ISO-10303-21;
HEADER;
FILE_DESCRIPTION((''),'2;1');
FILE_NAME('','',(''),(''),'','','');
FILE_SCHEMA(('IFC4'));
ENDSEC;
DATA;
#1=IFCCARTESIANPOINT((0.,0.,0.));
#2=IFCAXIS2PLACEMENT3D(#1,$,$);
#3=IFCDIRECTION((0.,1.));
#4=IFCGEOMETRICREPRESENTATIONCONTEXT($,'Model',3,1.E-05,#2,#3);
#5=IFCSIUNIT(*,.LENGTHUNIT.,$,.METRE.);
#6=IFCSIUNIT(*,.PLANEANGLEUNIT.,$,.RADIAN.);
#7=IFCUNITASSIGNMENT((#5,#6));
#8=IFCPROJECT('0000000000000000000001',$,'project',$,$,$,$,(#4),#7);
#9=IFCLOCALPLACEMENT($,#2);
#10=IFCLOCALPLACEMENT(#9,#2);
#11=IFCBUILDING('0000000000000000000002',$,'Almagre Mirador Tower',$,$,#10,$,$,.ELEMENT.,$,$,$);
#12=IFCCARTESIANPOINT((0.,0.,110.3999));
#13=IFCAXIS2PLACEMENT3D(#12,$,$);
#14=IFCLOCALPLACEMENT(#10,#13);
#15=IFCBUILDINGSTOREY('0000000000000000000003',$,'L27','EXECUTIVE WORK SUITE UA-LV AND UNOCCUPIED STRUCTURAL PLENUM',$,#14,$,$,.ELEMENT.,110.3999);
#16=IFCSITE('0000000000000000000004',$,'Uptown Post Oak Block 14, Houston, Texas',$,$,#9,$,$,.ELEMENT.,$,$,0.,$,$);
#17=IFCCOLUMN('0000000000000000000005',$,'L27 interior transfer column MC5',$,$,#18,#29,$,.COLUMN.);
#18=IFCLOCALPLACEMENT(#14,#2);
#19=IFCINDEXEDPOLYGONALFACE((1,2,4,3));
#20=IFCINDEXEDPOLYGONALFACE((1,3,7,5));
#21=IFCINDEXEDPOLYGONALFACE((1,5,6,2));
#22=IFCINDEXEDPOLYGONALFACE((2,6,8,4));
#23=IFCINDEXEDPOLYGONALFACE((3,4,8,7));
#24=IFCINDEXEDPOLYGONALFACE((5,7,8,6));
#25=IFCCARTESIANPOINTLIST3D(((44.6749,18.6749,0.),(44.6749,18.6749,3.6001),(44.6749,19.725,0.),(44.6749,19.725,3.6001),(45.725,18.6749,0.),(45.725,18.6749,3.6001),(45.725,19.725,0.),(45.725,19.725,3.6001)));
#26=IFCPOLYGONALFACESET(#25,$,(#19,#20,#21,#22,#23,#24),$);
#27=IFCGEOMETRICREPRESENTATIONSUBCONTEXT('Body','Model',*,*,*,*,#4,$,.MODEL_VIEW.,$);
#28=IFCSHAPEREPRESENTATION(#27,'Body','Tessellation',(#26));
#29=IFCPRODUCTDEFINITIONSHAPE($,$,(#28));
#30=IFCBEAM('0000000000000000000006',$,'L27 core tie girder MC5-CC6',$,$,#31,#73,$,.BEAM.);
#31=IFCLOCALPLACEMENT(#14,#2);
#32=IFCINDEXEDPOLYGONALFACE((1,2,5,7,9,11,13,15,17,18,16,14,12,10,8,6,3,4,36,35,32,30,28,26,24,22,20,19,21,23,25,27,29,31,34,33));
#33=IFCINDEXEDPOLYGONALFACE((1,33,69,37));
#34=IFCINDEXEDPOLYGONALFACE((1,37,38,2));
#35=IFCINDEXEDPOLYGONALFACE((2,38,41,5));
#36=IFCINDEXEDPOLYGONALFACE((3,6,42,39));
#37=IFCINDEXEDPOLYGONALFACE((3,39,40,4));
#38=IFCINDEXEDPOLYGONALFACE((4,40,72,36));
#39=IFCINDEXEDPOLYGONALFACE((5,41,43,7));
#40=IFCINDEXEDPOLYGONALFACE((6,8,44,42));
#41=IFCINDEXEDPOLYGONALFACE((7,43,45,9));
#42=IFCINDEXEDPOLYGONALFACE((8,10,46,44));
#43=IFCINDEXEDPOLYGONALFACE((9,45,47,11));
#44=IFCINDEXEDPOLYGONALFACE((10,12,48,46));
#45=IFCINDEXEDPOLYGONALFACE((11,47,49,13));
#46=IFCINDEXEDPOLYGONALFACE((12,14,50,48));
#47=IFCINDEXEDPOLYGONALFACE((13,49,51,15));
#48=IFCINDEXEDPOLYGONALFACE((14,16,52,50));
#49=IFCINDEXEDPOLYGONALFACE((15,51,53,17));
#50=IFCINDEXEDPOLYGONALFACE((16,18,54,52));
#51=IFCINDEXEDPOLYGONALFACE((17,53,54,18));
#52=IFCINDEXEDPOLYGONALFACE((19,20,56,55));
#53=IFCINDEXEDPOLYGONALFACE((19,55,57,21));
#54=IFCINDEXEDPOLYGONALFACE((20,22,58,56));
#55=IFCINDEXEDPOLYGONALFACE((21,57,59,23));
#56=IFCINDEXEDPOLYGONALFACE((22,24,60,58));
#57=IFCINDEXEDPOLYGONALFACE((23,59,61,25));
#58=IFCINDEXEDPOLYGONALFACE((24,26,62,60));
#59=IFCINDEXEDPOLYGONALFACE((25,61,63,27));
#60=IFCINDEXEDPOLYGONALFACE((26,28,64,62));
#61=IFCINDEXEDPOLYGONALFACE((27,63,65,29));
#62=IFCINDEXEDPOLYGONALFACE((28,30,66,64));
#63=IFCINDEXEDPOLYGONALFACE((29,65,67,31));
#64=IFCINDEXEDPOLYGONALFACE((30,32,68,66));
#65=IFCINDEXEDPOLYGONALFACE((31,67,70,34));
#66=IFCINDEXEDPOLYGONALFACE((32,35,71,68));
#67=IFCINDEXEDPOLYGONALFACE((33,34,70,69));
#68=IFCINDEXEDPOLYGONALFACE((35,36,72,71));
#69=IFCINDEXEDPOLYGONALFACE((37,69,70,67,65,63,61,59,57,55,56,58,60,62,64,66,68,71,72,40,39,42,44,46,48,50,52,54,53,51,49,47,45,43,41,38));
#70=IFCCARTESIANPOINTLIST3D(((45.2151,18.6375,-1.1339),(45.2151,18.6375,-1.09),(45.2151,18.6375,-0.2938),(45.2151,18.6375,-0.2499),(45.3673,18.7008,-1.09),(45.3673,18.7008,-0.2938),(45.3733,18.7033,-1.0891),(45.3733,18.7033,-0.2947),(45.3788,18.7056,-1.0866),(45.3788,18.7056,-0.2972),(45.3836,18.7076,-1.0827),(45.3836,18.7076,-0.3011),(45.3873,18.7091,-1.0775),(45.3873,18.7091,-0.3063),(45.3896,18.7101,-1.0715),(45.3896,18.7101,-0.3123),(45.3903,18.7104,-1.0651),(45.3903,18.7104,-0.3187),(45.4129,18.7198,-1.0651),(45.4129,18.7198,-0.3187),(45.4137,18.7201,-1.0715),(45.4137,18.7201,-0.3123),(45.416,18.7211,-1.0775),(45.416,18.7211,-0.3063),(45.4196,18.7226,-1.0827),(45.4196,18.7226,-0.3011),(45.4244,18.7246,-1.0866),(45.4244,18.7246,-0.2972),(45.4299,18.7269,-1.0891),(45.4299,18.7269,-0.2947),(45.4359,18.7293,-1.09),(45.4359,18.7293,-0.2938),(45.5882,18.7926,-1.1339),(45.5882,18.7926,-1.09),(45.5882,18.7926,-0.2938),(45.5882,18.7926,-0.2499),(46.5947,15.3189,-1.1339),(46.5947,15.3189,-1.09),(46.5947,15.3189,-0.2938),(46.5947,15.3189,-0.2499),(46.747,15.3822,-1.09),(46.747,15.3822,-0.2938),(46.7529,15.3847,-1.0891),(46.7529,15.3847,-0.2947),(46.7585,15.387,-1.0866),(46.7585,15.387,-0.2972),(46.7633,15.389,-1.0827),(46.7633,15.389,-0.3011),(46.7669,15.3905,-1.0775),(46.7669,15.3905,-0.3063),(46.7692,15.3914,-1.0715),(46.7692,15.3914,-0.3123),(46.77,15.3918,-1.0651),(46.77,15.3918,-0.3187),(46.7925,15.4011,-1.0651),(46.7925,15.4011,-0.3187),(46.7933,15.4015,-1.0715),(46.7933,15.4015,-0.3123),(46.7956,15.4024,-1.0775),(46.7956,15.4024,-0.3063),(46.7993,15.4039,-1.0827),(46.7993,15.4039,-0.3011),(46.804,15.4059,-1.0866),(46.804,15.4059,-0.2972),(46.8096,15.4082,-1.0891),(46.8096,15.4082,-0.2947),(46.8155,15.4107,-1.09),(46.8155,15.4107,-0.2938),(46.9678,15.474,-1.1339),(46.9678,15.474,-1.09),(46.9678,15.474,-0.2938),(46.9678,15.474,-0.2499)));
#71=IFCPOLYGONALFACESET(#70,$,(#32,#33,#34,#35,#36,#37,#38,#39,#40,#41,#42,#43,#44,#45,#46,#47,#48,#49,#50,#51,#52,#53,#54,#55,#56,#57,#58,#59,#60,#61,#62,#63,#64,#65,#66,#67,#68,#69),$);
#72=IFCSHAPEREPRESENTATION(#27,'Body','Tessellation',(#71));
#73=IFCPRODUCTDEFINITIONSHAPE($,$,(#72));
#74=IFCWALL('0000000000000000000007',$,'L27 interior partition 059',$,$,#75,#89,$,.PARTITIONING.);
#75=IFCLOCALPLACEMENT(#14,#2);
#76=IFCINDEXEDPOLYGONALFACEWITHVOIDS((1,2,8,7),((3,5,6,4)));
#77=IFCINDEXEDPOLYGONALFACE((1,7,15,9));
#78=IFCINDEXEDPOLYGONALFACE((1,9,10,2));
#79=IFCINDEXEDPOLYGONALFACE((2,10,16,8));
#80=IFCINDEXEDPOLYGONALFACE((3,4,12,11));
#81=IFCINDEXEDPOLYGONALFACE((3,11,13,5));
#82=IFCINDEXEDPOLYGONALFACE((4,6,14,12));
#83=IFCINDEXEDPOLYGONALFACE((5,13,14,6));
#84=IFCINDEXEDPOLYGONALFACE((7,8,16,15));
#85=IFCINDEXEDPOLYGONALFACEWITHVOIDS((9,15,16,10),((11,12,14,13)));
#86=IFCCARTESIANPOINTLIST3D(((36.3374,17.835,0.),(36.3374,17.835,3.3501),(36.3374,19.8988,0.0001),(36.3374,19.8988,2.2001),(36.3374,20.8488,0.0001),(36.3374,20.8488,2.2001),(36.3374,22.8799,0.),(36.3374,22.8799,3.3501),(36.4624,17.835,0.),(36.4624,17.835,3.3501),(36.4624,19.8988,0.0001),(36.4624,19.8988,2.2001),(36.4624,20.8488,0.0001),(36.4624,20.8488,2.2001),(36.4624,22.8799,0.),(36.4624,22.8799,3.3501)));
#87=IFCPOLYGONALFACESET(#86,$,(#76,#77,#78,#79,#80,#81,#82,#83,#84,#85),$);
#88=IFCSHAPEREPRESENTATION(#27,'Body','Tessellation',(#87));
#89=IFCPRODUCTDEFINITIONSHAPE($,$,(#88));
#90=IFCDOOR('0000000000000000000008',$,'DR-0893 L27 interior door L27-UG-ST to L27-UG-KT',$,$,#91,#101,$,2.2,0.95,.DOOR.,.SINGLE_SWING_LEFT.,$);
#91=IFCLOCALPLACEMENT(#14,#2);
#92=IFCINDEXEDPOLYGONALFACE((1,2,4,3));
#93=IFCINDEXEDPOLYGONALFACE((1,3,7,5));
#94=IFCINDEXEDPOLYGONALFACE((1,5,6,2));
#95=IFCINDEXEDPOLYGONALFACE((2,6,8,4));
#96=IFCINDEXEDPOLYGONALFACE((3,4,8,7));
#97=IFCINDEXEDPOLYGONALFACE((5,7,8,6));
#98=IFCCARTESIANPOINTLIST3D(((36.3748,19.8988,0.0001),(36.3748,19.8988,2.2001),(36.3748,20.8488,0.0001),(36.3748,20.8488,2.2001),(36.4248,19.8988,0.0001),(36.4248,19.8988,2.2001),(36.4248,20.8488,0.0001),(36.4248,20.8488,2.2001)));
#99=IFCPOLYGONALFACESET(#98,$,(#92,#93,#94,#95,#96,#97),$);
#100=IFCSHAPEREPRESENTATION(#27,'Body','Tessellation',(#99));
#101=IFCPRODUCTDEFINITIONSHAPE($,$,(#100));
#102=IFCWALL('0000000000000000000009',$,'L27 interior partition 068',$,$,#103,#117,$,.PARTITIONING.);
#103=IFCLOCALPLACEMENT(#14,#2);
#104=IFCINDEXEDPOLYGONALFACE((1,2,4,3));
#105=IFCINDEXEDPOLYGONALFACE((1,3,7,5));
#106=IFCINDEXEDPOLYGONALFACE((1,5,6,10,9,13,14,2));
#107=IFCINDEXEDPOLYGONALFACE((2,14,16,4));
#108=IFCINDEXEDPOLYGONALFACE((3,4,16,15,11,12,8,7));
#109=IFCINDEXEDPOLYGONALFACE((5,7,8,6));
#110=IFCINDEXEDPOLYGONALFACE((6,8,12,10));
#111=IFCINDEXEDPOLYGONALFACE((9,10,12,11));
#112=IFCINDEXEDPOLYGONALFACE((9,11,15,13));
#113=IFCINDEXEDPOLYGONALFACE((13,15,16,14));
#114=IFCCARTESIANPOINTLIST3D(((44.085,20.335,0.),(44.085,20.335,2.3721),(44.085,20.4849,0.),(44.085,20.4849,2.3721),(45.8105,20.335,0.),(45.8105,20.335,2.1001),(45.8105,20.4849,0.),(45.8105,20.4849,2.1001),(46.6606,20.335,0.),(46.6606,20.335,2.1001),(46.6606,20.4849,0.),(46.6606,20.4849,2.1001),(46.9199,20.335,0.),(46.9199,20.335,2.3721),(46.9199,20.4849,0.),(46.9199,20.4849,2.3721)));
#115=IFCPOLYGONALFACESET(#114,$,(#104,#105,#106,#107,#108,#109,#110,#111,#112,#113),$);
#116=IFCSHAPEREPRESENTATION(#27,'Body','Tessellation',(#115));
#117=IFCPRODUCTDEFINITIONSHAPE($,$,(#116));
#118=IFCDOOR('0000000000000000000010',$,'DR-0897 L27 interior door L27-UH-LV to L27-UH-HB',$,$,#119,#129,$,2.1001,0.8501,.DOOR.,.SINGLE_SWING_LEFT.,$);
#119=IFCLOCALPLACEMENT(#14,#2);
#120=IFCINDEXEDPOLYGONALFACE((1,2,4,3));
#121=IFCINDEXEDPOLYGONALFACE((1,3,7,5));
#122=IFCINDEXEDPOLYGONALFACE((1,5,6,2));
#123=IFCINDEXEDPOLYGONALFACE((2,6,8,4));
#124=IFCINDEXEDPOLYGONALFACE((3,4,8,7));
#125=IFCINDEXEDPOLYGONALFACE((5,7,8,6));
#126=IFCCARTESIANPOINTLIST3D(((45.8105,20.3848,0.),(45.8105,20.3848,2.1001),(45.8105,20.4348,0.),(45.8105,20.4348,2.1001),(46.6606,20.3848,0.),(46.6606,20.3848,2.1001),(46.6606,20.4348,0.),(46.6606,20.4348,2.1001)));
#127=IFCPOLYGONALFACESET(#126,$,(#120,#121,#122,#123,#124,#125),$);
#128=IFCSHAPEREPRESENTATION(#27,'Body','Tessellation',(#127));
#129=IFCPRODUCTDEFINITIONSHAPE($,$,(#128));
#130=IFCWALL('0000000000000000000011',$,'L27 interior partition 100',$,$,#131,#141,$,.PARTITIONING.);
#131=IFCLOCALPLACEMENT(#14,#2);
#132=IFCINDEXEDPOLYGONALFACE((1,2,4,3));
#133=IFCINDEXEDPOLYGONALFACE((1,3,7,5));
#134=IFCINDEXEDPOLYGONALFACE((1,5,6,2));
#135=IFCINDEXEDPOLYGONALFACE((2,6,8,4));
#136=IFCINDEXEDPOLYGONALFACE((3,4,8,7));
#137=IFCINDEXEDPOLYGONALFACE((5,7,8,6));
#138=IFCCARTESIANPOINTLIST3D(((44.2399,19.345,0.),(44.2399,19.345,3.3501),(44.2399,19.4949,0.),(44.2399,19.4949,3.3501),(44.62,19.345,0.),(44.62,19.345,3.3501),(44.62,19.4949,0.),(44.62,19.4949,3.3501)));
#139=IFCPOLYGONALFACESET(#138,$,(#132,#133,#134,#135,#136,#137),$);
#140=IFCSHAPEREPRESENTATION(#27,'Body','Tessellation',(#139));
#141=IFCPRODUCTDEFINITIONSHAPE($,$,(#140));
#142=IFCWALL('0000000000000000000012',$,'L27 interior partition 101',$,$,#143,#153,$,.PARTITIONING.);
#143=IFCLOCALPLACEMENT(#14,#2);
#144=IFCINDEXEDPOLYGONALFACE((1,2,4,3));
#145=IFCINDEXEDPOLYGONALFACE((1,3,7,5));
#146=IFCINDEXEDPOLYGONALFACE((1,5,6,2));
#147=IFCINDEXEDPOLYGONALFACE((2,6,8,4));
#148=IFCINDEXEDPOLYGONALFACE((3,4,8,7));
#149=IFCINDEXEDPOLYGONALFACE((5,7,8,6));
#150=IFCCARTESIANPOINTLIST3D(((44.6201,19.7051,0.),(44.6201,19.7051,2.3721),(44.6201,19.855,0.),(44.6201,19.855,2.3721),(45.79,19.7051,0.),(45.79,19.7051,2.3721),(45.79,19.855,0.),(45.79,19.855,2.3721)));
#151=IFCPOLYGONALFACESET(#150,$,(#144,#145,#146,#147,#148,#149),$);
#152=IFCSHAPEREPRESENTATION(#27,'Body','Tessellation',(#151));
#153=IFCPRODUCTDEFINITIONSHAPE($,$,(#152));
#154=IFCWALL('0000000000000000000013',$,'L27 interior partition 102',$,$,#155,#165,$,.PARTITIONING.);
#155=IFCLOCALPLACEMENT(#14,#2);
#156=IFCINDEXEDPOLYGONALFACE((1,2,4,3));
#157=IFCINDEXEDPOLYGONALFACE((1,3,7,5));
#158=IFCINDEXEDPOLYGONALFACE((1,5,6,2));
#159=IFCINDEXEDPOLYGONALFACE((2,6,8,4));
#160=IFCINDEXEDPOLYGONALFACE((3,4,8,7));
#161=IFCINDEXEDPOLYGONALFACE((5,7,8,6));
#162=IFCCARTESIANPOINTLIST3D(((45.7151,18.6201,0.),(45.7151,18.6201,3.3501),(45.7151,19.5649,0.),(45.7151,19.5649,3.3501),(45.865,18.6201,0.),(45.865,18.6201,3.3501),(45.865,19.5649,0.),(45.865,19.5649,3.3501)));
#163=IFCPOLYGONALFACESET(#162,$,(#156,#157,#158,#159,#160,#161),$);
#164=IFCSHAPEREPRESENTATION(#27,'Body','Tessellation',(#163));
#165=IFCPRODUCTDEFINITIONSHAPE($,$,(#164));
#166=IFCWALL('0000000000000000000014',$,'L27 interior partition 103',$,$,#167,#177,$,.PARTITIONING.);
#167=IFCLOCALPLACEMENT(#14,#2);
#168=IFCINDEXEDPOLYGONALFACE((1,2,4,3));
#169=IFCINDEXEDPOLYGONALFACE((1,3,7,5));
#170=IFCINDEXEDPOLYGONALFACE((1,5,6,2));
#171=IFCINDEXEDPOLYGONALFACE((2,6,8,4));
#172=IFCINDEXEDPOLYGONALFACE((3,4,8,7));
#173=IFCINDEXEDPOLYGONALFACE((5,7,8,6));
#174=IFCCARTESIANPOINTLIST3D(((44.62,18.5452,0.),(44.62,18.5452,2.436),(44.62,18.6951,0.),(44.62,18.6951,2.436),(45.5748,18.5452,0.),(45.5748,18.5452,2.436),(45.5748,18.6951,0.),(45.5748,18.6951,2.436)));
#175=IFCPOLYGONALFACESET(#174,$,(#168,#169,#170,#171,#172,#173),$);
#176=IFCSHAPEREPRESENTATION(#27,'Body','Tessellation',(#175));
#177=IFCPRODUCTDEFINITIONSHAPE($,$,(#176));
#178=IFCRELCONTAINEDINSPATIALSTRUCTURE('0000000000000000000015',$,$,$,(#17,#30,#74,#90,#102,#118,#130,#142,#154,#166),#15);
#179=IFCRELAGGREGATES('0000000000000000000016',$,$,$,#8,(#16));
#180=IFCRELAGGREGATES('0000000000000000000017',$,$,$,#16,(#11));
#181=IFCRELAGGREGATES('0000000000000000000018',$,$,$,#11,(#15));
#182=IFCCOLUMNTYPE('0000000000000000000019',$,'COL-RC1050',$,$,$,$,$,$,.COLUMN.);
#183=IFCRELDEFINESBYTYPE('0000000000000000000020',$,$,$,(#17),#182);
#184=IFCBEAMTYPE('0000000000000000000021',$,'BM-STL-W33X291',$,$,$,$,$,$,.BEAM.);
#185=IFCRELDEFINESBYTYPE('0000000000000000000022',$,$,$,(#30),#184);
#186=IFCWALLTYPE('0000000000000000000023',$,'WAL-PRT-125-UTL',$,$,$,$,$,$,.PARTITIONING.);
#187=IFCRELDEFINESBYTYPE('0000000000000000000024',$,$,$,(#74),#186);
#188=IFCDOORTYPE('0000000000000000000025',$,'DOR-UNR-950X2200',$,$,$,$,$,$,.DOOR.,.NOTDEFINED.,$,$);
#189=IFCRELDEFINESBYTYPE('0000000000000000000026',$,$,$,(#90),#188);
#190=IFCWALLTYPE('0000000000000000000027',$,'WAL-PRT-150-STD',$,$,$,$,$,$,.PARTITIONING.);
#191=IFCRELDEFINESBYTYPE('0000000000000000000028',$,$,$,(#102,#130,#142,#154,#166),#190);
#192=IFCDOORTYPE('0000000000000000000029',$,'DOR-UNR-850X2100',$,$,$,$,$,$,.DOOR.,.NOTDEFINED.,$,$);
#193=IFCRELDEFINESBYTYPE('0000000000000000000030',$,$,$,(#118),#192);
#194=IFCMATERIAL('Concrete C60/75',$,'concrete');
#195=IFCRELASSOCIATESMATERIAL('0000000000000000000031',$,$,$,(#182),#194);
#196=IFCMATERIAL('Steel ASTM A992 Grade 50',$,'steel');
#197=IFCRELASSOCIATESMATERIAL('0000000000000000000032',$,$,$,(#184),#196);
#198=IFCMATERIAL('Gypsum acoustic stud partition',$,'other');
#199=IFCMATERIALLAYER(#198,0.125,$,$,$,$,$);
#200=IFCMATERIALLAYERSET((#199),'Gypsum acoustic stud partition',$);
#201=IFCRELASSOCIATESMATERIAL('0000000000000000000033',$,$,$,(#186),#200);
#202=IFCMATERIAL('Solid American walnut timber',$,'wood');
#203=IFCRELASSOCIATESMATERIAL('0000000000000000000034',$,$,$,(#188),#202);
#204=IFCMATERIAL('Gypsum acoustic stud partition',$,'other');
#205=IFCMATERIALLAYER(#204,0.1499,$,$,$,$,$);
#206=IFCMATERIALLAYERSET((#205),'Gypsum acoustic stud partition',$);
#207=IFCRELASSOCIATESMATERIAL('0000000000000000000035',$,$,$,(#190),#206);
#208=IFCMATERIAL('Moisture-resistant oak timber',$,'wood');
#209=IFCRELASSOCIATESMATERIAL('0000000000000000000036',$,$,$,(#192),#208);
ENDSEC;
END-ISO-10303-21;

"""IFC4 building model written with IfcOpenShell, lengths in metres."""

from ifc_helpers import new_model, si_unit, direction, frame, frame_2d, origin, origin_2d, place, context, subcontext, project, spatial, rectangle, i_section, extrude, material, layer, layer_set, material_profile, profile_set, type_object, element, fill, save


model = new_model("IFC4")

# Units and contexts
model_context = context("Model", 3, precision=1e-05, world=origin(), true_north=direction((0.0, 1.0)))
body_context = subcontext(model_context, "Body", "Model", "MODEL_VIEW")
ifc_project = project(units=[si_unit("LENGTHUNIT", "METRE"), si_unit("PLANEANGLEUNIT", "RADIAN")], contexts=[model_context])

# Site, building, storey
site_placement = place(None, origin())
site = spatial("IfcSite", under=ifc_project, at=site_placement, Name="Uptown Post Oak Block 14, Houston, Texas", CompositionType="ELEMENT", RefElevation=0.0)
building_placement = place(site_placement, origin())
building = spatial("IfcBuilding", under=site, at=building_placement, Name="Almagre Mirador Tower", CompositionType="ELEMENT")
storey_placement = place(building_placement, frame((0.0, 0.0, 110.3999)))
storey = spatial("IfcBuildingStorey", under=building, at=storey_placement, Name="L27", Description="EXECUTIVE WORK SUITE UA-LV AND UNOCCUPIED STRUCTURAL PLENUM", CompositionType="ELEMENT", Elevation=110.3999)

# Column
ifc_material_1 = material(Name="Concrete C60/75", Category="concrete")
ifc_material_profile_1 = material_profile(ifc_material_1, rectangle(XDim=1.05, YDim=1.05, at=origin_2d()), Name="RC1050X1050")
ifc_profile_set_1 = profile_set([ifc_material_profile_1], Name="Concrete C60/75")
column_type = type_object("IfcColumnType", Name="COL-RC1050", PredefinedType="COLUMN", material=ifc_profile_set_1)
column_placement = place(storey_placement, frame((45.2, 19.2, 0.0), z_axis=(0.0, 0.0, 1.0), x_axis=(1.0, 0.0, 0.0)))
element("IfcColumn", 1, at=column_placement, inside=storey, type_object=column_type, Name="L27 interior transfer column MC5", PredefinedType="COLUMN", context=body_context, shape_type="SweptSolid", body=[
    extrude(rectangle(XDim=1.05, YDim=1.05, at=origin_2d()), origin(), (0.0, 0.0, 1.0), 3.6001),
])

# Beam
ifc_material_2 = material(Name="Steel ASTM A992 Grade 50", Category="steel")
ifc_material_profile_2 = material_profile(ifc_material_2, i_section(OverallWidth=0.4041, OverallDepth=0.884, WebThickness=0.0244, FlangeThickness=0.0439, FilletRadius=0.0249, at=origin_2d()), Name="W33X291")
ifc_profile_set_2 = profile_set([ifc_material_profile_2], Name="Steel ASTM A992 Grade 50")
beam_type = type_object("IfcBeamType", Name="BM-STL-W33X291", PredefinedType="BEAM", material=ifc_profile_set_2)
beam_placement = place(storey_placement, frame((45.4016, 18.7151, -0.6919), z_axis=(0.383877, -0.923384, 0.0), x_axis=(0.923384, 0.383877, 0.0)))
element("IfcBeam", 2, at=beam_placement, inside=storey, type_object=beam_type, Name="L27 core tie girder MC5-CC6", PredefinedType="BEAM", context=body_context, shape_type="SweptSolid", body=[
    extrude(i_section(OverallWidth=0.4041, OverallDepth=0.884, WebThickness=0.0244, FlangeThickness=0.0439, FilletRadius=0.0249, at=origin_2d()), origin(), (0.0, 0.0, 1.0), 3.594),
])

# Walls, openings, doors
ifc_material_3 = material(Name="Gypsum acoustic stud partition", Category="other")
ifc_layer_1 = layer(ifc_material_3, 0.125)
ifc_layer_set_1 = layer_set([ifc_layer_1], Name="Gypsum acoustic stud partition")
wall_type_1 = type_object("IfcWallType", Name="WAL-PRT-125-UTL", PredefinedType="PARTITIONING", material=ifc_layer_set_1)
wall_1_placement = place(storey_placement, frame((36.3999, 22.8799, 0.0), z_axis=(0.0, 0.0, 1.0), x_axis=(0.0, -1.0, 0.0)))
wall_1 = element("IfcWall", 3, at=wall_1_placement, inside=storey, type_object=wall_type_1, Name="L27 interior partition 059", PredefinedType="PARTITIONING", context=body_context, shape_type="SweptSolid", body=[
    extrude(rectangle(XDim=5.0449, YDim=0.125, at=frame_2d((2.5225, 0.0))), origin(), (0.0, 0.0, 1.0), 3.3501),
])
opening_1_placement = place(wall_1_placement, frame((2.031, 0.0, 0.0)))
opening_1 = element("IfcOpeningElement", 4, at=opening_1_placement, cuts=wall_1, PredefinedType="OPENING", context=body_context, shape_type="SweptSolid", body=[
    extrude(rectangle(XDim=0.95, YDim=2.2, at=frame_2d((0.4751, 1.1001))), frame((0.0, 0.0725, 0.0), z_axis=(0.0, -1.0, 0.0), x_axis=(1.0, 0.0, 0.0)), (0.0, 0.0, 1.0), 0.145),
])
ifc_material_4 = material(Name="Solid American walnut timber", Category="wood")
door_type_1 = type_object("IfcDoorType", Name="DOR-UNR-950X2200", OperationType="NOTDEFINED", PredefinedType="DOOR", material=ifc_material_4)
door_1_placement = place(opening_1_placement, origin())
door_1 = element("IfcDoor", 5, at=door_1_placement, inside=storey, type_object=door_type_1, Name="DR-0893 L27 interior door L27-UG-ST to L27-UG-KT", OperationType="SINGLE_SWING_LEFT", OverallHeight=2.2, OverallWidth=0.95, PredefinedType="DOOR", context=body_context, shape_type="SweptSolid", body=[
    extrude(rectangle(XDim=0.95, YDim=2.2, at=frame_2d((0.4751, 1.1001))), frame((0.0, 0.0249, 0.0), z_axis=(0.0, -1.0, 0.0), x_axis=(1.0, 0.0, 0.0)), (0.0, 0.0, 1.0), 0.05),
])
fill(opening_1, door_1)
ifc_material_5 = material(Name="Gypsum acoustic stud partition", Category="other")
ifc_layer_2 = layer(ifc_material_5, 0.1499)
ifc_layer_set_2 = layer_set([ifc_layer_2], Name="Gypsum acoustic stud partition")
wall_type_2 = type_object("IfcWallType", Name="WAL-PRT-150-STD", PredefinedType="PARTITIONING", material=ifc_layer_set_2)
wall_2_placement = place(storey_placement, frame((44.085, 20.4099, 0.0), z_axis=(0.0, 0.0, 1.0), x_axis=(1.0, 0.0, 0.0)))
wall_2 = element("IfcWall", 6, at=wall_2_placement, inside=storey, type_object=wall_type_2, Name="L27 interior partition 068", PredefinedType="PARTITIONING", context=body_context, shape_type="SweptSolid", body=[
    extrude(rectangle(XDim=2.835, YDim=0.1499, at=frame_2d((1.4175, 0.0))), origin(), (0.0, 0.0, 1.0), 2.3721),
])
opening_2_placement = place(wall_2_placement, frame((1.7256, 0.0, 0.0)))
opening_2 = element("IfcOpeningElement", 7, at=opening_2_placement, cuts=wall_2, PredefinedType="OPENING", context=body_context, shape_type="SweptSolid", body=[
    extrude(rectangle(XDim=0.8501, YDim=2.1001, at=frame_2d((0.425, 1.05))), frame((0.0, 0.085, 0.0), z_axis=(0.0, -1.0, 0.0), x_axis=(1.0, 0.0, 0.0)), (0.0, 0.0, 1.0), 0.1699),
])
ifc_material_6 = material(Name="Moisture-resistant oak timber", Category="wood")
door_type_2 = type_object("IfcDoorType", Name="DOR-UNR-850X2100", OperationType="NOTDEFINED", PredefinedType="DOOR", material=ifc_material_6)
door_2_placement = place(opening_2_placement, origin())
door_2 = element("IfcDoor", 8, at=door_2_placement, inside=storey, type_object=door_type_2, Name="DR-0897 L27 interior door L27-UH-LV to L27-UH-HB", OperationType="SINGLE_SWING_LEFT", OverallHeight=2.1001, OverallWidth=0.8501, PredefinedType="DOOR", context=body_context, shape_type="SweptSolid", body=[
    extrude(rectangle(XDim=0.8501, YDim=2.1001, at=frame_2d((0.425, 1.05))), frame((0.0, 0.0249, 0.0), z_axis=(0.0, -1.0, 0.0), x_axis=(1.0, 0.0, 0.0)), (0.0, 0.0, 1.0), 0.05),
])
fill(opening_2, door_2)

# Walls
wall_3_placement = place(storey_placement, frame((44.24, 19.4199, 0.0), z_axis=(0.0, 0.0, 1.0), x_axis=(1.0, 0.0, 0.0)))
element("IfcWall", 9, at=wall_3_placement, inside=storey, type_object=wall_type_2, Name="L27 interior partition 100", PredefinedType="PARTITIONING", context=body_context, shape_type="SweptSolid", body=[
    extrude(rectangle(XDim=0.3801, YDim=0.1499, at=frame_2d((0.1899, 0.0))), origin(), (0.0, 0.0, 1.0), 3.3501),
])
wall_4_placement = place(storey_placement, frame((44.6201, 19.78, 0.0), z_axis=(0.0, 0.0, 1.0), x_axis=(1.0, 0.0, 0.0)))
element("IfcWall", 10, at=wall_4_placement, inside=storey, type_object=wall_type_2, Name="L27 interior partition 101", PredefinedType="PARTITIONING", context=body_context, shape_type="SweptSolid", body=[
    extrude(rectangle(XDim=1.1699, YDim=0.1499, at=frame_2d((0.585, 0.0))), origin(), (0.0, 0.0, 1.0), 2.3721),
])
wall_5_placement = place(storey_placement, frame((45.79, 19.5649, 0.0), z_axis=(0.0, 0.0, 1.0), x_axis=(0.0, -1.0, 0.0)))
element("IfcWall", 11, at=wall_5_placement, inside=storey, type_object=wall_type_2, Name="L27 interior partition 102", PredefinedType="PARTITIONING", context=body_context, shape_type="SweptSolid", body=[
    extrude(rectangle(XDim=0.9448, YDim=0.1499, at=frame_2d((0.4724, 0.0))), origin(), (0.0, 0.0, 1.0), 3.3501),
])
wall_6_placement = place(storey_placement, frame((45.575, 18.6201, 0.0), z_axis=(0.0, 0.0, 1.0), x_axis=(-1.0, 0.0, 0.0)))
element("IfcWall", 12, at=wall_6_placement, inside=storey, type_object=wall_type_2, Name="L27 interior partition 103", PredefinedType="PARTITIONING", context=body_context, shape_type="SweptSolid", body=[
    extrude(rectangle(XDim=0.9548, YDim=0.1499, at=frame_2d((0.4775, 0.0))), origin(), (0.0, 0.0, 1.0), 2.436),
])

save(model, "model.ifc")
